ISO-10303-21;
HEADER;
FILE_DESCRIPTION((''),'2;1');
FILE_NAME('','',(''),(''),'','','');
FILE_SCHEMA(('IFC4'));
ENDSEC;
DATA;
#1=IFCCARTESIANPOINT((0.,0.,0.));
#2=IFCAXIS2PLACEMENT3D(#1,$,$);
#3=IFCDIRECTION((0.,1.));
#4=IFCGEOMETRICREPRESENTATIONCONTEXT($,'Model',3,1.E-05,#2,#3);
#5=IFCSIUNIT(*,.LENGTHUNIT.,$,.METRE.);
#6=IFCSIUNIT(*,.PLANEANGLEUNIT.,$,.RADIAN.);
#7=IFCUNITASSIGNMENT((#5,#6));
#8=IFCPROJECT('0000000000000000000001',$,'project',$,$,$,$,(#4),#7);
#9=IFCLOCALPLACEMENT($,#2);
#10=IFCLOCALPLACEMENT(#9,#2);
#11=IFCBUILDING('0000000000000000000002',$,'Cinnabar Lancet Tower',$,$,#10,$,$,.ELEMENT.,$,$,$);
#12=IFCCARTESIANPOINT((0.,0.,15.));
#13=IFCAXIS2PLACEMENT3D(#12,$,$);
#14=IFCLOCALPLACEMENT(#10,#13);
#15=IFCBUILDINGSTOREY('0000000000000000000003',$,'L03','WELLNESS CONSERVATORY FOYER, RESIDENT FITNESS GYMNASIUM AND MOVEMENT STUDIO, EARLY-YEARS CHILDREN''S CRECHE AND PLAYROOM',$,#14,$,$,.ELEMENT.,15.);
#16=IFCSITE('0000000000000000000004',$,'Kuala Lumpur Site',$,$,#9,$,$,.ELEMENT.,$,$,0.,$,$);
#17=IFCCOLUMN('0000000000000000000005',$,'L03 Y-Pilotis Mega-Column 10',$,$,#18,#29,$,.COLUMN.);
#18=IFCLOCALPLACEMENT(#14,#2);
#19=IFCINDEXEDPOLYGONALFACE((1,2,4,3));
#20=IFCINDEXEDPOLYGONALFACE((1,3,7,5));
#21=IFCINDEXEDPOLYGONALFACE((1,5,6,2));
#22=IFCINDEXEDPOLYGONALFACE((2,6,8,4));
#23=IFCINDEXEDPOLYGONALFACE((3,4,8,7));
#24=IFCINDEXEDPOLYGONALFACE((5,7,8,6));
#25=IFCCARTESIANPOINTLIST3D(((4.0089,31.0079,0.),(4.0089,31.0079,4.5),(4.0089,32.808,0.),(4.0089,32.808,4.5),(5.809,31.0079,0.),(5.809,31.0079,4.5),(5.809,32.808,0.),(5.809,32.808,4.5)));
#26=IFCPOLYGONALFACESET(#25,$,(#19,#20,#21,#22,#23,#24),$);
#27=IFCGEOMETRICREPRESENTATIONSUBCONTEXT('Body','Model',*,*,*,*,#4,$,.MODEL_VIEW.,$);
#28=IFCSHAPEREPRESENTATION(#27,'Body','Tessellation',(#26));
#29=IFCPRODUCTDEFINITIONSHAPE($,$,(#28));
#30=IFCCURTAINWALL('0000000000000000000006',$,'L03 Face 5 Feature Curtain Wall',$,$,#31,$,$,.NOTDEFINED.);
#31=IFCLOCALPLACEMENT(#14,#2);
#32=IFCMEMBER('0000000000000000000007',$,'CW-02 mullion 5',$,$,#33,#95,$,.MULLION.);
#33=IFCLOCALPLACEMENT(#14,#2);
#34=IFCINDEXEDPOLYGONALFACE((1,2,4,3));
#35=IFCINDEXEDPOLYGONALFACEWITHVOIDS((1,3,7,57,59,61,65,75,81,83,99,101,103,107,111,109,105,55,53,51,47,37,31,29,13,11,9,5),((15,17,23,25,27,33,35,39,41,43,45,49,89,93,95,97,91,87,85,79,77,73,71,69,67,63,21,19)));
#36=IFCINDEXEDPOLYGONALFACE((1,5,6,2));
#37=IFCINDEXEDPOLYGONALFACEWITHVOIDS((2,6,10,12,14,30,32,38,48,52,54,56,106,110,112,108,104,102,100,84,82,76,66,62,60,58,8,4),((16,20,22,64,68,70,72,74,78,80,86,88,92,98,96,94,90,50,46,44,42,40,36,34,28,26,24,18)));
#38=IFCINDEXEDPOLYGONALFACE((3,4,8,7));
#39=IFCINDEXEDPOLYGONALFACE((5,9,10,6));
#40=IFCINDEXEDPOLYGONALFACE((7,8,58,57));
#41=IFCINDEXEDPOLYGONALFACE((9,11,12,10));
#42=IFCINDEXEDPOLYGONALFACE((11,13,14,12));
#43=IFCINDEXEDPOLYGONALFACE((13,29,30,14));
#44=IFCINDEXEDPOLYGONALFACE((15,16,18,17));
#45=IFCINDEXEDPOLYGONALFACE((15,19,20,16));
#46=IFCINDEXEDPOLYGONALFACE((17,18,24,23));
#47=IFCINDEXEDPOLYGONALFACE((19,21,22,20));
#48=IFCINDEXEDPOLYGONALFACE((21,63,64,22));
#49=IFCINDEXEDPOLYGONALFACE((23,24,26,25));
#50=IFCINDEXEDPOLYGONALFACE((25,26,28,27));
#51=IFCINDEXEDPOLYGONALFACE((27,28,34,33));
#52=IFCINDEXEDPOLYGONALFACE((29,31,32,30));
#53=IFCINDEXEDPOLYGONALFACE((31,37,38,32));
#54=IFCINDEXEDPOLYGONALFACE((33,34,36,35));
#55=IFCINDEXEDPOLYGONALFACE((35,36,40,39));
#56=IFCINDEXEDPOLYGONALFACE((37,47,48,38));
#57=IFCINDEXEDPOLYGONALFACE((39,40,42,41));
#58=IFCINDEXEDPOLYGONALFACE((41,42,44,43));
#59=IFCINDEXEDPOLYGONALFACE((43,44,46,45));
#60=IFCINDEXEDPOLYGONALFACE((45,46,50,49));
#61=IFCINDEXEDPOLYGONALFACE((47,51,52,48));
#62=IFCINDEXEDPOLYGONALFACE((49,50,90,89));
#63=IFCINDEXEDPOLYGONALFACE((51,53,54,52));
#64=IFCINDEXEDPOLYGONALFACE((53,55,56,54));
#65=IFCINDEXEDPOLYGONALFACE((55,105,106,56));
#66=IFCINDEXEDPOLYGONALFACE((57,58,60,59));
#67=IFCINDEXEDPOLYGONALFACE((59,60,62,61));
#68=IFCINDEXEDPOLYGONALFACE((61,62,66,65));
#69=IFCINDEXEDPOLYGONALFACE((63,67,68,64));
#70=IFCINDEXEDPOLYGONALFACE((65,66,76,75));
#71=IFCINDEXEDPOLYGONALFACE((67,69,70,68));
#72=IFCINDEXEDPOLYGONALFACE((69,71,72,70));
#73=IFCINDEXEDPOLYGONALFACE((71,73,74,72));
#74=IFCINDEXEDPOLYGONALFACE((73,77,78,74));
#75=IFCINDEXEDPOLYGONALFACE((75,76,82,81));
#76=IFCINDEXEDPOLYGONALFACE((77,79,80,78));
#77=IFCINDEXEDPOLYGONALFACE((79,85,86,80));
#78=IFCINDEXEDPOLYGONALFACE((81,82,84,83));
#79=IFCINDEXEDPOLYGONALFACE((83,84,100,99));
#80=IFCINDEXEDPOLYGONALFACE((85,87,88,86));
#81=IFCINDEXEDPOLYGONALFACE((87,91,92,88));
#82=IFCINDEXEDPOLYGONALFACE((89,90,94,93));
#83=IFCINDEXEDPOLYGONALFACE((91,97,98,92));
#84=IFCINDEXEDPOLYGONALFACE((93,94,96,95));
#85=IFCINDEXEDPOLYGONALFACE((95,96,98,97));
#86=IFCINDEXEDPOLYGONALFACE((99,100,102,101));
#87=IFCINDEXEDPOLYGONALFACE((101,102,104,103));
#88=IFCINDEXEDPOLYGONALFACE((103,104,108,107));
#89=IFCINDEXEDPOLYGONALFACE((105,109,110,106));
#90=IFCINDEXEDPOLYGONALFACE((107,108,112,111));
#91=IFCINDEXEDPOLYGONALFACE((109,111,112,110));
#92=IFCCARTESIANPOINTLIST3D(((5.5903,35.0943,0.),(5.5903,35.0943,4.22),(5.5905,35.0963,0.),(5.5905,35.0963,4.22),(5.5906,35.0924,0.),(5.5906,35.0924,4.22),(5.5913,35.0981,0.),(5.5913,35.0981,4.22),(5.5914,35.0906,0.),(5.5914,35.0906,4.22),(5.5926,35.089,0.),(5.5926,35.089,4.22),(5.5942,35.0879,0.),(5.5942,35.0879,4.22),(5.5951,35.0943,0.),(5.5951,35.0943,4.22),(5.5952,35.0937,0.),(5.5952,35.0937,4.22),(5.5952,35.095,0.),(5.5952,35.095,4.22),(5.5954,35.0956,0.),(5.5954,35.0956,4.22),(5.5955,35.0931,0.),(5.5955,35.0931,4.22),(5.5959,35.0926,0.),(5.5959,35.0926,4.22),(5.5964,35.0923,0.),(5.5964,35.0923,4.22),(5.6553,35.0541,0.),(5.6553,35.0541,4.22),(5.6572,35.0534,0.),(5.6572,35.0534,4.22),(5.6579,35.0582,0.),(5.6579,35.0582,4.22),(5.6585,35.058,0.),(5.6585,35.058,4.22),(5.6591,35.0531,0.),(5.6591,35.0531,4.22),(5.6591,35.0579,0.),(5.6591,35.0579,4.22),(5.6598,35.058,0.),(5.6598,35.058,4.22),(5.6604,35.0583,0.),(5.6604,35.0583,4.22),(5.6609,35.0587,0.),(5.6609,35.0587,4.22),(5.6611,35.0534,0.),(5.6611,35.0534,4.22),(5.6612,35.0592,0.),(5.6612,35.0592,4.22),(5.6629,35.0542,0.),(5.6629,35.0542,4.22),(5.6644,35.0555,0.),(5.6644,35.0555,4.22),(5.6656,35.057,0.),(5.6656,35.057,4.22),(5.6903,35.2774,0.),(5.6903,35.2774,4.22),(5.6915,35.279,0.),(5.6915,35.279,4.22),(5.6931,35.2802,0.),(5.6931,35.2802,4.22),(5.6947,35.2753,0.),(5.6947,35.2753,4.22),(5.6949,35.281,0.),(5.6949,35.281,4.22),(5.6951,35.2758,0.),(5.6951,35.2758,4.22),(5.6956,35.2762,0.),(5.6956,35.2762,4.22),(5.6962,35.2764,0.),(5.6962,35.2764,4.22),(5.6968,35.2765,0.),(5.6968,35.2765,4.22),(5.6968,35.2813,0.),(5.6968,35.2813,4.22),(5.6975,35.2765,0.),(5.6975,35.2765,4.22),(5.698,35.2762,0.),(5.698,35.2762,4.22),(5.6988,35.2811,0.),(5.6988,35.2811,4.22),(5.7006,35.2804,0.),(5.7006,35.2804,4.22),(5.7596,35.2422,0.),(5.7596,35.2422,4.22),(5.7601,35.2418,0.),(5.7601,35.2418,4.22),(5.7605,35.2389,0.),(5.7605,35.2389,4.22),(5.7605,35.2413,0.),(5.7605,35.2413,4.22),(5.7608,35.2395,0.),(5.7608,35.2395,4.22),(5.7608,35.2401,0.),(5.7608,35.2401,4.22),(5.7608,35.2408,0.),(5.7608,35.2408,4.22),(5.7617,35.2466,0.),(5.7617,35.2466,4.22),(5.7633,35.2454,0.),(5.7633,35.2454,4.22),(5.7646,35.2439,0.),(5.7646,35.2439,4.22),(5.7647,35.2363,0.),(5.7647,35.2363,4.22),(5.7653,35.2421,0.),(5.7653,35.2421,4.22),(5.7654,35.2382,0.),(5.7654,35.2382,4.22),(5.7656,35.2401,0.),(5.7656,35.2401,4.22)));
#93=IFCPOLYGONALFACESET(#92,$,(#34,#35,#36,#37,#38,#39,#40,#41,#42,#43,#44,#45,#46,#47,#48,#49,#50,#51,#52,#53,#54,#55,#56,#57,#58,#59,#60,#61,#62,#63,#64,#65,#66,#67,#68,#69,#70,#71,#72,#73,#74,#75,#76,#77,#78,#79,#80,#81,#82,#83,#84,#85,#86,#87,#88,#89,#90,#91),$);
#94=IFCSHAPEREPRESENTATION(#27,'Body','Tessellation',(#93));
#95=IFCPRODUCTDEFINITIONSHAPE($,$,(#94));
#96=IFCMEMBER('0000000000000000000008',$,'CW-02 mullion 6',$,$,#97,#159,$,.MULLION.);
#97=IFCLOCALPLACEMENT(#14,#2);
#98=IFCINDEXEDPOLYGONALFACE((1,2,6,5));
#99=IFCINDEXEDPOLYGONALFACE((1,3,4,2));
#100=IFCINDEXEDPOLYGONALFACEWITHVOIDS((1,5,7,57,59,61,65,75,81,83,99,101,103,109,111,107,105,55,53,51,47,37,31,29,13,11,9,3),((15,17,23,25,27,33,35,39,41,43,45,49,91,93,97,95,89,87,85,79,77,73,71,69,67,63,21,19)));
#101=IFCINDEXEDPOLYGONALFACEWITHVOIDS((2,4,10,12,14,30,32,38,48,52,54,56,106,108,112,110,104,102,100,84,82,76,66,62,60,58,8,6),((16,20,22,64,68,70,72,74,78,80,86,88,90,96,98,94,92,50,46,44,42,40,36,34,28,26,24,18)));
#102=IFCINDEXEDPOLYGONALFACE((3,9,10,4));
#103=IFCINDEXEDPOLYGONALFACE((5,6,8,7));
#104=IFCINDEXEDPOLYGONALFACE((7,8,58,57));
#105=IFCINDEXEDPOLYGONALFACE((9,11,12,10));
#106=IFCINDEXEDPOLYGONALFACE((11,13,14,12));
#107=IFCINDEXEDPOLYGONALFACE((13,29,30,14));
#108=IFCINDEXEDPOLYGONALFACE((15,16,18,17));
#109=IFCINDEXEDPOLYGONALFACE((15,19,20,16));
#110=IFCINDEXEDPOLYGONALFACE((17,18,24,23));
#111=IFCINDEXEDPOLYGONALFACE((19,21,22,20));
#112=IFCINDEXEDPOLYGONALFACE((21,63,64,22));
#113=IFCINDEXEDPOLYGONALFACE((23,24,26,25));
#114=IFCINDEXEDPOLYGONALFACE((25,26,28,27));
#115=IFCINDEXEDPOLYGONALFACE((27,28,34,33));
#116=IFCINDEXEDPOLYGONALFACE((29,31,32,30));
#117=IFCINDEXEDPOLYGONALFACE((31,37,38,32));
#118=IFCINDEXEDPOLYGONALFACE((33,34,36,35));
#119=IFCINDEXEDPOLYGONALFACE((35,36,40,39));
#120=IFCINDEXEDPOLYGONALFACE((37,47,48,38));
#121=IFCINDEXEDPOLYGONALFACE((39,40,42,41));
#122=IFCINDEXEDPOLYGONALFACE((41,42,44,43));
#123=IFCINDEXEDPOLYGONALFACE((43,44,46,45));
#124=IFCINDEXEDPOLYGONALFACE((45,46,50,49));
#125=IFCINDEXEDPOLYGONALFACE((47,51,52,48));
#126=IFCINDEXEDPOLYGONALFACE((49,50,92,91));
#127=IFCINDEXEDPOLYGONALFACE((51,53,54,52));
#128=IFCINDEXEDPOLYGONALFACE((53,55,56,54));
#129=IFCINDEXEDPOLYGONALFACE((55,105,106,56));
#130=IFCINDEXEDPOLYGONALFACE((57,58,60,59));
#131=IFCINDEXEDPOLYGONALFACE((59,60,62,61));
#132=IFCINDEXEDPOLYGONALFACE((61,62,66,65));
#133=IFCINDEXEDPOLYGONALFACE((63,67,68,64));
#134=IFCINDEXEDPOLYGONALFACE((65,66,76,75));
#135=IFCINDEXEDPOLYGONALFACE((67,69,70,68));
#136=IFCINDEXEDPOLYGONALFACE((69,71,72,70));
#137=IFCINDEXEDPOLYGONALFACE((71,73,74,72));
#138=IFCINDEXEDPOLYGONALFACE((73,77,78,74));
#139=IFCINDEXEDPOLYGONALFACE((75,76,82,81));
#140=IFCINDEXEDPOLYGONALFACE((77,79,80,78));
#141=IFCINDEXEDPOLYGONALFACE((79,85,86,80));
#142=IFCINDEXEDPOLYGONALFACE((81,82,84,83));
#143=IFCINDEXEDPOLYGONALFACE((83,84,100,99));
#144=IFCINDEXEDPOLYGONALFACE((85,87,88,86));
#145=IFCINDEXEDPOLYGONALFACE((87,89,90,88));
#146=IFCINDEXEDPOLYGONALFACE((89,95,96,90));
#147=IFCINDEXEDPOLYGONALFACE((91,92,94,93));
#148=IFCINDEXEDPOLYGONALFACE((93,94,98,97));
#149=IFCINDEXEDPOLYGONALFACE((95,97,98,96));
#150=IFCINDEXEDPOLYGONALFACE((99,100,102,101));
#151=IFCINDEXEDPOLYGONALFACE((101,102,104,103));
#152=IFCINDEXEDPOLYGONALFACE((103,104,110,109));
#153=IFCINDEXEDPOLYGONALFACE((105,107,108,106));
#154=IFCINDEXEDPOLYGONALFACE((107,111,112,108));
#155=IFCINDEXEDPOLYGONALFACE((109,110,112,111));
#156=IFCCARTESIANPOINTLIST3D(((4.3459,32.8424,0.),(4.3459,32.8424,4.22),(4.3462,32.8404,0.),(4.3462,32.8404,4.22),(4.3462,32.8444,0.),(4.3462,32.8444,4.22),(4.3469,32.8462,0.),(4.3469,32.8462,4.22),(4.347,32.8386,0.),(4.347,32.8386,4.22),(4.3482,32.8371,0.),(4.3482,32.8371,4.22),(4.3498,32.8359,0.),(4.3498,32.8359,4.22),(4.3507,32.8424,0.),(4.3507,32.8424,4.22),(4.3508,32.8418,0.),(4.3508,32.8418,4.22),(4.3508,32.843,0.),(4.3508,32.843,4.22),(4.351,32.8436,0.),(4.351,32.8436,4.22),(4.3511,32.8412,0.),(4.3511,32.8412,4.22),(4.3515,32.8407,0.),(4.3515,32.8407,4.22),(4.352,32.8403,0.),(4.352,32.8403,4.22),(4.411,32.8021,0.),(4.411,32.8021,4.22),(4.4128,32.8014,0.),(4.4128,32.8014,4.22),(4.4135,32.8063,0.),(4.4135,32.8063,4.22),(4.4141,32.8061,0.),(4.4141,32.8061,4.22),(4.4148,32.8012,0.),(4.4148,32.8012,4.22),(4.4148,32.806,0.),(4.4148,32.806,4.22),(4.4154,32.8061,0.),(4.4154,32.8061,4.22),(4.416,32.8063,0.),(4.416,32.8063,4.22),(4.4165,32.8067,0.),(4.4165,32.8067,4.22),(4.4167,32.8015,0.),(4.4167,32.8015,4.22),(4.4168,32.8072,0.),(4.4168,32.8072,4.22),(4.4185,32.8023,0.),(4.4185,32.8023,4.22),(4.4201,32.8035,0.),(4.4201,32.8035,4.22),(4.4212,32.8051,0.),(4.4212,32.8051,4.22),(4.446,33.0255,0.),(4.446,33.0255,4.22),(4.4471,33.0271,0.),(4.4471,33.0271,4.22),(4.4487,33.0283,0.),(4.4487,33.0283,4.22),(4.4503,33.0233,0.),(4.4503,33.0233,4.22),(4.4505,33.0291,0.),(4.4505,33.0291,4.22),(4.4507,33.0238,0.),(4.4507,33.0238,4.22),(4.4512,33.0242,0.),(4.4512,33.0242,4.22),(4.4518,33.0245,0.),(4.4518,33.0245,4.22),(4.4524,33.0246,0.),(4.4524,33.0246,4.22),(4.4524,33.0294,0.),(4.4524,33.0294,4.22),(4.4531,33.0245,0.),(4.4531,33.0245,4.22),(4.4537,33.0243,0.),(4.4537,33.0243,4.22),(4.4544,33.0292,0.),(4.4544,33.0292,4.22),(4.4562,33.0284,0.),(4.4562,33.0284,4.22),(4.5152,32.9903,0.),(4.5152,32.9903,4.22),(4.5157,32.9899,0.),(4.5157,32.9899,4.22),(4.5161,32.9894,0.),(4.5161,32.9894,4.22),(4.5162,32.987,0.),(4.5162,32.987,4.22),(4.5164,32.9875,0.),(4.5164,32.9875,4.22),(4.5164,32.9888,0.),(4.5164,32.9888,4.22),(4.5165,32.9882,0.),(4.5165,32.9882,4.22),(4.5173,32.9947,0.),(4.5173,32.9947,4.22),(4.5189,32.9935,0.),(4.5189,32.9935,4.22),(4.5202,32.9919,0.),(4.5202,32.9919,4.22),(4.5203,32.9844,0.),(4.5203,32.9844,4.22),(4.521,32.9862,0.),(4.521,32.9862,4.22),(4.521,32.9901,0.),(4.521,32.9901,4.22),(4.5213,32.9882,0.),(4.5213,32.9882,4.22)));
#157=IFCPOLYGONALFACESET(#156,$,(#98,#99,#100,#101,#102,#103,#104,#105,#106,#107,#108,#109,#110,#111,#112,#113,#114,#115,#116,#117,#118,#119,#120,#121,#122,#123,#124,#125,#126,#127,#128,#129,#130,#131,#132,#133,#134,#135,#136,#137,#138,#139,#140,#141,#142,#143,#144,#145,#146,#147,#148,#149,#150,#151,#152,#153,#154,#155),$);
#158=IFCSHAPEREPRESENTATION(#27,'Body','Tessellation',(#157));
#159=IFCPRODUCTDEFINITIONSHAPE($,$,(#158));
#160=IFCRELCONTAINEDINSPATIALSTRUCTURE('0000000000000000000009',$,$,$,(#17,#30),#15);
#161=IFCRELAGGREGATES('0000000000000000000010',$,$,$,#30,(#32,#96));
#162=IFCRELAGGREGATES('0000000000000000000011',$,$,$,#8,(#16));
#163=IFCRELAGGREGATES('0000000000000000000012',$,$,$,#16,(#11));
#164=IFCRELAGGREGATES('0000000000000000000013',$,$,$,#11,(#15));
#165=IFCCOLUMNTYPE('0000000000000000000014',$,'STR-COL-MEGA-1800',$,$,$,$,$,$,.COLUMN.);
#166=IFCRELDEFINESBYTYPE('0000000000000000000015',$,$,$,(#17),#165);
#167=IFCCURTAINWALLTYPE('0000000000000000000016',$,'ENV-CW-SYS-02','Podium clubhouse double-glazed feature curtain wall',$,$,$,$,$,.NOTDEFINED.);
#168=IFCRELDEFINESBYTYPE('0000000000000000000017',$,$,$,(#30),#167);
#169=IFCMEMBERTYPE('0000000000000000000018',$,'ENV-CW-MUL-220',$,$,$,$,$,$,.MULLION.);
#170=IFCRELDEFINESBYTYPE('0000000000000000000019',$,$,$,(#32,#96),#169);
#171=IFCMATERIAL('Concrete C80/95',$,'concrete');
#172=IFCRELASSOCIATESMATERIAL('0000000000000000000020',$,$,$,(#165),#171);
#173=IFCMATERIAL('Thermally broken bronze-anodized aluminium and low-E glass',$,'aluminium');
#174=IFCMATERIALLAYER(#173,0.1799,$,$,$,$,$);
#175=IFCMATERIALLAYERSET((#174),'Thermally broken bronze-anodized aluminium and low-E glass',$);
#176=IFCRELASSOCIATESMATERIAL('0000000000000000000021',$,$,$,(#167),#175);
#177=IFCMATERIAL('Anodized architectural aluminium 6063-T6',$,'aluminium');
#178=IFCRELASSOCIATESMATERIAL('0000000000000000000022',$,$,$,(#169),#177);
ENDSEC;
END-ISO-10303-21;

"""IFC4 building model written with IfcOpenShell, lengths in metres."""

from ifc_helpers import new_model, si_unit, direction, frame, origin, origin_2d, place, context, subcontext, project, spatial, rectangle, hollow_rectangle, extrude, material, layer, layer_set, material_profile, profile_set, type_object, element, aggregate, save


model = new_model("IFC4")

# Units and contexts
model_context = context("Model", 3, precision=1e-05, world=origin(), true_north=direction((0.0, 1.0)))
body_context = subcontext(model_context, "Body", "Model", "MODEL_VIEW")
ifc_project = project(units=[si_unit("LENGTHUNIT", "METRE"), si_unit("PLANEANGLEUNIT", "RADIAN")], contexts=[model_context])

# Site, building, storey
site_placement = place(None, origin())
site = spatial("IfcSite", under=ifc_project, at=site_placement, Name="Kuala Lumpur Site", CompositionType="ELEMENT", RefElevation=0.0)
building_placement = place(site_placement, origin())
building = spatial("IfcBuilding", under=site, at=building_placement, Name="Cinnabar Lancet Tower", CompositionType="ELEMENT")
storey_placement = place(building_placement, frame((0.0, 0.0, 15.0)))
storey = spatial("IfcBuildingStorey", under=building, at=storey_placement, Name="L03", Description="WELLNESS CONSERVATORY FOYER, RESIDENT FITNESS GYMNASIUM AND MOVEMENT STUDIO, EARLY-YEARS CHILDREN'S CRECHE AND PLAYROOM", CompositionType="ELEMENT", Elevation=15.0)

# Column
ifc_material_1 = material(Name="Concrete C80/95", Category="concrete")
ifc_material_profile_1 = material_profile(ifc_material_1, rectangle(XDim=1.8, YDim=1.8, at=origin_2d()), Name="RC-MEGA 1800x1800")
ifc_profile_set_1 = profile_set([ifc_material_profile_1], Name="Concrete C80/95")
column_type = type_object("IfcColumnType", Name="STR-COL-MEGA-1800", PredefinedType="COLUMN", material=ifc_profile_set_1)
column_placement = place(storey_placement, frame((4.9089, 31.908, 0.0), z_axis=(0.0, 0.0, 1.0), x_axis=(1.0, 0.0, 0.0)))
element("IfcColumn", 1, at=column_placement, inside=storey, type_object=column_type, Name="L03 Y-Pilotis Mega-Column 10", PredefinedType="COLUMN", context=body_context, shape_type="SweptSolid", body=[
    extrude(rectangle(XDim=1.8, YDim=1.8, at=origin_2d()), origin(), (0.0, 0.0, 1.0), 4.5),
])

# Curtain wall, members
ifc_material_2 = material(Name="Thermally broken bronze-anodized aluminium and low-E glass", Category="aluminium")
ifc_layer_1 = layer(ifc_material_2, 0.1799)
ifc_layer_set_1 = layer_set([ifc_layer_1], Name="Thermally broken bronze-anodized aluminium and low-E glass")
curtain_wall_type = type_object("IfcCurtainWallType", Name="ENV-CW-SYS-02", Description="Podium clubhouse double-glazed feature curtain wall", PredefinedType="NOTDEFINED", material=ifc_layer_set_1)
curtain_wall_placement = place(storey_placement, origin())
curtain_wall = element("IfcCurtainWall", 2, at=curtain_wall_placement, inside=storey, type_object=curtain_wall_type, Name="L03 Face 5 Feature Curtain Wall", PredefinedType="NOTDEFINED")
ifc_material_3 = material(Name="Anodized architectural aluminium 6063-T6", Category="aluminium")
ifc_material_profile_2 = material_profile(ifc_material_3, hollow_rectangle(XDim=0.085, YDim=0.22, WallThickness=0.0049, InnerFilletRadius=0.0024, OuterFilletRadius=0.0076, at=origin_2d()), Name="CW-MUL 220x85x5")
ifc_profile_set_2 = profile_set([ifc_material_profile_2], Name="Anodized architectural aluminium 6063-T6")
member_type_1 = type_object("IfcMemberType", Name="ENV-CW-MUL-220", PredefinedType="MULLION", material=ifc_profile_set_2)
member_1_placement = place(storey_placement, frame((5.678, 35.1672, 0.0), z_axis=(0.0, 0.0, 1.0), x_axis=(0.875242, -0.483685, 0.0)))
member_1 = element("IfcMember", 3, at=member_1_placement, type_object=member_type_1, Name="CW-02 mullion 5", PredefinedType="MULLION", context=body_context, shape_type="SweptSolid", body=[
    extrude(hollow_rectangle(XDim=0.085, YDim=0.22, WallThickness=0.0049, InnerFilletRadius=0.0024, OuterFilletRadius=0.0076, at=origin_2d()), origin(), (0.0, 0.0, 1.0), 4.22),
])
member_2_placement = place(storey_placement, frame((4.4336, 32.9153, 0.0), z_axis=(0.0, 0.0, 1.0), x_axis=(0.875242, -0.483685, 0.0)))
member_2 = element("IfcMember", 4, at=member_2_placement, type_object=member_type_1, Name="CW-02 mullion 6", PredefinedType="MULLION", context=body_context, shape_type="SweptSolid", body=[
    extrude(hollow_rectangle(XDim=0.085, YDim=0.22, WallThickness=0.0049, InnerFilletRadius=0.0024, OuterFilletRadius=0.0076, at=origin_2d()), origin(), (0.0, 0.0, 1.0), 4.22),
])

aggregate(curtain_wall, [member_1, member_2])

save(model, "model.ifc")
